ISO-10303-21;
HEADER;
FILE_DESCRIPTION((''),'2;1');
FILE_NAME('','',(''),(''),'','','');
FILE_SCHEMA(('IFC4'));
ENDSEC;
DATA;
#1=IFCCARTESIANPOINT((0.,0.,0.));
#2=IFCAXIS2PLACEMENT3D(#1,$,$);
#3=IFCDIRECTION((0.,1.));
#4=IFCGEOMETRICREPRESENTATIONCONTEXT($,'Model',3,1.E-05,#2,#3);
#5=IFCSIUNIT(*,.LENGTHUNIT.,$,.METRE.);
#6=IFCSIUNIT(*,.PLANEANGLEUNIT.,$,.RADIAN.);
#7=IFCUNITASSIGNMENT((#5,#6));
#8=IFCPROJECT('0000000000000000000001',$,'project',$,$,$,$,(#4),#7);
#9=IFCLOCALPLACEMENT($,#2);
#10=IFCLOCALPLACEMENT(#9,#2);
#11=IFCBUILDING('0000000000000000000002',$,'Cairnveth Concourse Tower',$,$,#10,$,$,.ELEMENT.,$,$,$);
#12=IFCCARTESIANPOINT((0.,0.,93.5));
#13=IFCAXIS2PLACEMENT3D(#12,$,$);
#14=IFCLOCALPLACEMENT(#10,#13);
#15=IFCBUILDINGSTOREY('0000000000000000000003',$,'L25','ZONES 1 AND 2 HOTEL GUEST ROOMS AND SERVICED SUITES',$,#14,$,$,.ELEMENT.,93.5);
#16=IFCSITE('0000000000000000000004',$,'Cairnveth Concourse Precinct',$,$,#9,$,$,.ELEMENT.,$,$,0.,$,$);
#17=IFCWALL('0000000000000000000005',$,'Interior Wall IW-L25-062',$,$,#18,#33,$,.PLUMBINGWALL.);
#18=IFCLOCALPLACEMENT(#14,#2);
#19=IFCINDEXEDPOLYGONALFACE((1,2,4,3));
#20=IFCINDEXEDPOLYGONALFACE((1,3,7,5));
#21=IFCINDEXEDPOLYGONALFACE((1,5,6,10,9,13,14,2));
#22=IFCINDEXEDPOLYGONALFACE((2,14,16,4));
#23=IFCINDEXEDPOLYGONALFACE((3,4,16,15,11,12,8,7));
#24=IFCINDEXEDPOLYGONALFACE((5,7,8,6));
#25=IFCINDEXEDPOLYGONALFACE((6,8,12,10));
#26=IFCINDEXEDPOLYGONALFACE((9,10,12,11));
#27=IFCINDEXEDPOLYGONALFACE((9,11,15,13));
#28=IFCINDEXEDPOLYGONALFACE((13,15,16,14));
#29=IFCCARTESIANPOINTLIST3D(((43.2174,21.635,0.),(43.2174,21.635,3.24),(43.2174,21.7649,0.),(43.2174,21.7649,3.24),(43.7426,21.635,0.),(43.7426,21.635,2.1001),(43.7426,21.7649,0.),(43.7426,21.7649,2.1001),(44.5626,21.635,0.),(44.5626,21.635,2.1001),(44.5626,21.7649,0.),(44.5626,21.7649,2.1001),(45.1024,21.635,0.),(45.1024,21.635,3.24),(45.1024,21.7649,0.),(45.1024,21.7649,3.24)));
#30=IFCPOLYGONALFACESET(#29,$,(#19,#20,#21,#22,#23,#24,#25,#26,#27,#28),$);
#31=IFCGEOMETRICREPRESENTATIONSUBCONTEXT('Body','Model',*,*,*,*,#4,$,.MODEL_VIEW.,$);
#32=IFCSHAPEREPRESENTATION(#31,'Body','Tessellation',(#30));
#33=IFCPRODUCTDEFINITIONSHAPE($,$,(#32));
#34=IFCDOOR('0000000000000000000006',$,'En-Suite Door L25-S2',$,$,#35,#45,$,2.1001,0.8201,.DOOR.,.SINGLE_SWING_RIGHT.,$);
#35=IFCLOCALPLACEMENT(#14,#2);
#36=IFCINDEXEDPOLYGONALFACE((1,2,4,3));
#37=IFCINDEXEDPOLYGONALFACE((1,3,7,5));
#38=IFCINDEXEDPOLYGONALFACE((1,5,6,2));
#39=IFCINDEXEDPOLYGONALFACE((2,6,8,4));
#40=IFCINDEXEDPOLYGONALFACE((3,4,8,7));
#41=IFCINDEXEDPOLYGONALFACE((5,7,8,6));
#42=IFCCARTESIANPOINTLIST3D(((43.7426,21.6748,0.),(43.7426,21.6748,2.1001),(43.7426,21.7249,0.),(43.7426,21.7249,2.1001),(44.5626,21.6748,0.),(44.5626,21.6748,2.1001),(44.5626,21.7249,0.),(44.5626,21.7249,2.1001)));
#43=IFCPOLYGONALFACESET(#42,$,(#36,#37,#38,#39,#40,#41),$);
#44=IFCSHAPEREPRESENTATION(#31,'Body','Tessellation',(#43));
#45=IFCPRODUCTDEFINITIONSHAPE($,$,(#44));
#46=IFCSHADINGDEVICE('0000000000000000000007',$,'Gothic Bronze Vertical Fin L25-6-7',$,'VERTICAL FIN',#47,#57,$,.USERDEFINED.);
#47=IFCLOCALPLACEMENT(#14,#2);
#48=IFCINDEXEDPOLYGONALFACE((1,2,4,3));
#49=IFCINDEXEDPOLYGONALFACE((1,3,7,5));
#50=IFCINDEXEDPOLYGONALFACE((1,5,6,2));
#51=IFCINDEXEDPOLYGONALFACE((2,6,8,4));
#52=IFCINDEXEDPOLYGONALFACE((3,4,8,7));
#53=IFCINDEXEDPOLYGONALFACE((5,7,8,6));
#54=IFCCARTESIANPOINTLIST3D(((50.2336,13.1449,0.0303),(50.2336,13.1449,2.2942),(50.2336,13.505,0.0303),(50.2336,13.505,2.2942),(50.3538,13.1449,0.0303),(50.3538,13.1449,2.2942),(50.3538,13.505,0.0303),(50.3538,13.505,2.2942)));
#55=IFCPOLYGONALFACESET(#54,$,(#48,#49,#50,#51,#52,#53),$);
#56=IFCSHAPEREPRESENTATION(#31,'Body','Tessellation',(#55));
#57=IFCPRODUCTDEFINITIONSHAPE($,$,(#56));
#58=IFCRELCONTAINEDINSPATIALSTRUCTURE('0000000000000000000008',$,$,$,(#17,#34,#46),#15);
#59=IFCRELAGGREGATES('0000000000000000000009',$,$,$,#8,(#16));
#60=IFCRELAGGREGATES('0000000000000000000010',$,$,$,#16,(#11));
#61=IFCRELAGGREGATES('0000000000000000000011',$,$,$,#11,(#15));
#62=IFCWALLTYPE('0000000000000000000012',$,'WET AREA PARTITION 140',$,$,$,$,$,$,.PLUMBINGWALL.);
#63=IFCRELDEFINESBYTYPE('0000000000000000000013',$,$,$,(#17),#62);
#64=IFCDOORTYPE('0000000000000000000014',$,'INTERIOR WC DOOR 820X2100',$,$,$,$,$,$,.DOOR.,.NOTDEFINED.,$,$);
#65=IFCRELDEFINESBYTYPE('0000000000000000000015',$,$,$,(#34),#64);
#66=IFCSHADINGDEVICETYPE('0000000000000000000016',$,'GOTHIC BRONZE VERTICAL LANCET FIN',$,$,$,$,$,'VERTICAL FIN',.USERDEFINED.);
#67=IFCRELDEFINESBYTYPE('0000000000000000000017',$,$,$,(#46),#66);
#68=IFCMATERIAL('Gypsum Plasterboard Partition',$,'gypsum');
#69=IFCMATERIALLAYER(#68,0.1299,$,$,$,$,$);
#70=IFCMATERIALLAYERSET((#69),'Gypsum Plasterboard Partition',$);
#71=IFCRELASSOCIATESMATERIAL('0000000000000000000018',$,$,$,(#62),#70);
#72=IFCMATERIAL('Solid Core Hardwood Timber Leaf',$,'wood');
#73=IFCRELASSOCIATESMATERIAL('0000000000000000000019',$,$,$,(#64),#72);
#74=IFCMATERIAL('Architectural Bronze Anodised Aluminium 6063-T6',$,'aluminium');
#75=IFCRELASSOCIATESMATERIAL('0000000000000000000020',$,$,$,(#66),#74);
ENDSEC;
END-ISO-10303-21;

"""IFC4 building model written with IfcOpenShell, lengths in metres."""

from ifc_helpers import new_model, si_unit, direction, frame, frame_2d, origin, origin_2d, place, context, subcontext, project, spatial, rectangle, extrude, material, layer, layer_set, type_object, element, fill, save


model = new_model("IFC4")

# Units and contexts
model_context = context("Model", 3, precision=1e-05, world=origin(), true_north=direction((0.0, 1.0)))
body_context = subcontext(model_context, "Body", "Model", "MODEL_VIEW")
ifc_project = project(units=[si_unit("LENGTHUNIT", "METRE"), si_unit("PLANEANGLEUNIT", "RADIAN")], contexts=[model_context])

# Site, building, storey
site_placement = place(None, origin())
site = spatial("IfcSite", under=ifc_project, at=site_placement, Name="Cairnveth Concourse Precinct", CompositionType="ELEMENT", RefElevation=0.0)
building_placement = place(site_placement, origin())
building = spatial("IfcBuilding", under=site, at=building_placement, Name="Cairnveth Concourse Tower", CompositionType="ELEMENT")
storey_placement = place(building_placement, frame((0.0, 0.0, 93.5)))
storey = spatial("IfcBuildingStorey", under=building, at=storey_placement, Name="L25", Description="ZONES 1 AND 2 HOTEL GUEST ROOMS AND SERVICED SUITES", CompositionType="ELEMENT", Elevation=93.5)

# Shared definitions
ifc_material_1 = material(Name="Gypsum Plasterboard Partition", Category="gypsum")
ifc_layer_1 = layer(ifc_material_1, 0.1299)
ifc_layer_set_1 = layer_set([ifc_layer_1], Name="Gypsum Plasterboard Partition")
wall_type_1 = type_object("IfcWallType", Name="WET AREA PARTITION 140", PredefinedType="PLUMBINGWALL", material=ifc_layer_set_1)

# Wall, opening, door
wall_1_placement = place(storey_placement, frame((43.2175, 21.7, 0.0), z_axis=(0.0, 0.0, 1.0), x_axis=(1.0, 0.0, 0.0)))
wall_1 = element("IfcWall", 1, at=wall_1_placement, inside=storey, type_object=wall_type_1, Name="Interior Wall IW-L25-062", PredefinedType="PLUMBINGWALL", context=body_context, shape_type="SweptSolid", body=[
    extrude(rectangle(XDim=1.885, YDim=0.1299, at=frame_2d((0.9424, 0.0))), origin(), (0.0, 0.0, 1.0), 3.24),
])
opening_placement = place(wall_1_placement, frame((0.5249, 0.0, 0.0)))
opening = element("IfcOpeningElement", 2, at=opening_placement, cuts=wall_1, PredefinedType="OPENING", context=body_context, shape_type="SweptSolid", body=[
    extrude(rectangle(XDim=0.8201, YDim=2.1001, at=frame_2d((0.4102, 1.05))), frame((0.0, 0.075, 0.0), z_axis=(0.0, -1.0, 0.0), x_axis=(1.0, 0.0, 0.0)), (0.0, 0.0, 1.0), 0.1499),
])
ifc_material_2 = material(Name="Solid Core Hardwood Timber Leaf", Category="wood")
door_type = type_object("IfcDoorType", Name="INTERIOR WC DOOR 820X2100", OperationType="NOTDEFINED", PredefinedType="DOOR", material=ifc_material_2)
door_placement = place(opening_placement, origin())
door = element("IfcDoor", 3, at=door_placement, inside=storey, type_object=door_type, Name="En-Suite Door L25-S2", OperationType="SINGLE_SWING_RIGHT", OverallHeight=2.1001, OverallWidth=0.8201, PredefinedType="DOOR", context=body_context, shape_type="SweptSolid", body=[
    extrude(rectangle(XDim=0.8201, YDim=2.1001, at=frame_2d((0.4102, 1.05))), frame((0.0, 0.0249, 0.0), z_axis=(0.0, -1.0, 0.0), x_axis=(1.0, 0.0, 0.0)), (0.0, 0.0, 1.0), 0.05),
])
fill(opening, door)

# Shading device
ifc_material_3 = material(Name="Architectural Bronze Anodised Aluminium 6063-T6", Category="aluminium")
shading_device_type = type_object("IfcShadingDeviceType", Name="GOTHIC BRONZE VERTICAL LANCET FIN", ElementType="VERTICAL FIN", PredefinedType="USERDEFINED", material=ifc_material_3)
shading_device_placement = place(storey_placement, frame((50.2937, 13.325, 0.0303), z_axis=(0.0, 0.0, 1.0), x_axis=(1.0, 0.0, 0.0)))
element("IfcShadingDevice", 4, at=shading_device_placement, inside=storey, type_object=shading_device_type, Name="Gothic Bronze Vertical Fin L25-6-7", ObjectType="VERTICAL FIN", PredefinedType="USERDEFINED", context=body_context, shape_type="SweptSolid", body=[
    extrude(rectangle(XDim=0.1201, YDim=0.3601, at=origin_2d()), origin(), (0.0, 0.0, 1.0), 2.2639),
])

save(model, "model.ifc")
